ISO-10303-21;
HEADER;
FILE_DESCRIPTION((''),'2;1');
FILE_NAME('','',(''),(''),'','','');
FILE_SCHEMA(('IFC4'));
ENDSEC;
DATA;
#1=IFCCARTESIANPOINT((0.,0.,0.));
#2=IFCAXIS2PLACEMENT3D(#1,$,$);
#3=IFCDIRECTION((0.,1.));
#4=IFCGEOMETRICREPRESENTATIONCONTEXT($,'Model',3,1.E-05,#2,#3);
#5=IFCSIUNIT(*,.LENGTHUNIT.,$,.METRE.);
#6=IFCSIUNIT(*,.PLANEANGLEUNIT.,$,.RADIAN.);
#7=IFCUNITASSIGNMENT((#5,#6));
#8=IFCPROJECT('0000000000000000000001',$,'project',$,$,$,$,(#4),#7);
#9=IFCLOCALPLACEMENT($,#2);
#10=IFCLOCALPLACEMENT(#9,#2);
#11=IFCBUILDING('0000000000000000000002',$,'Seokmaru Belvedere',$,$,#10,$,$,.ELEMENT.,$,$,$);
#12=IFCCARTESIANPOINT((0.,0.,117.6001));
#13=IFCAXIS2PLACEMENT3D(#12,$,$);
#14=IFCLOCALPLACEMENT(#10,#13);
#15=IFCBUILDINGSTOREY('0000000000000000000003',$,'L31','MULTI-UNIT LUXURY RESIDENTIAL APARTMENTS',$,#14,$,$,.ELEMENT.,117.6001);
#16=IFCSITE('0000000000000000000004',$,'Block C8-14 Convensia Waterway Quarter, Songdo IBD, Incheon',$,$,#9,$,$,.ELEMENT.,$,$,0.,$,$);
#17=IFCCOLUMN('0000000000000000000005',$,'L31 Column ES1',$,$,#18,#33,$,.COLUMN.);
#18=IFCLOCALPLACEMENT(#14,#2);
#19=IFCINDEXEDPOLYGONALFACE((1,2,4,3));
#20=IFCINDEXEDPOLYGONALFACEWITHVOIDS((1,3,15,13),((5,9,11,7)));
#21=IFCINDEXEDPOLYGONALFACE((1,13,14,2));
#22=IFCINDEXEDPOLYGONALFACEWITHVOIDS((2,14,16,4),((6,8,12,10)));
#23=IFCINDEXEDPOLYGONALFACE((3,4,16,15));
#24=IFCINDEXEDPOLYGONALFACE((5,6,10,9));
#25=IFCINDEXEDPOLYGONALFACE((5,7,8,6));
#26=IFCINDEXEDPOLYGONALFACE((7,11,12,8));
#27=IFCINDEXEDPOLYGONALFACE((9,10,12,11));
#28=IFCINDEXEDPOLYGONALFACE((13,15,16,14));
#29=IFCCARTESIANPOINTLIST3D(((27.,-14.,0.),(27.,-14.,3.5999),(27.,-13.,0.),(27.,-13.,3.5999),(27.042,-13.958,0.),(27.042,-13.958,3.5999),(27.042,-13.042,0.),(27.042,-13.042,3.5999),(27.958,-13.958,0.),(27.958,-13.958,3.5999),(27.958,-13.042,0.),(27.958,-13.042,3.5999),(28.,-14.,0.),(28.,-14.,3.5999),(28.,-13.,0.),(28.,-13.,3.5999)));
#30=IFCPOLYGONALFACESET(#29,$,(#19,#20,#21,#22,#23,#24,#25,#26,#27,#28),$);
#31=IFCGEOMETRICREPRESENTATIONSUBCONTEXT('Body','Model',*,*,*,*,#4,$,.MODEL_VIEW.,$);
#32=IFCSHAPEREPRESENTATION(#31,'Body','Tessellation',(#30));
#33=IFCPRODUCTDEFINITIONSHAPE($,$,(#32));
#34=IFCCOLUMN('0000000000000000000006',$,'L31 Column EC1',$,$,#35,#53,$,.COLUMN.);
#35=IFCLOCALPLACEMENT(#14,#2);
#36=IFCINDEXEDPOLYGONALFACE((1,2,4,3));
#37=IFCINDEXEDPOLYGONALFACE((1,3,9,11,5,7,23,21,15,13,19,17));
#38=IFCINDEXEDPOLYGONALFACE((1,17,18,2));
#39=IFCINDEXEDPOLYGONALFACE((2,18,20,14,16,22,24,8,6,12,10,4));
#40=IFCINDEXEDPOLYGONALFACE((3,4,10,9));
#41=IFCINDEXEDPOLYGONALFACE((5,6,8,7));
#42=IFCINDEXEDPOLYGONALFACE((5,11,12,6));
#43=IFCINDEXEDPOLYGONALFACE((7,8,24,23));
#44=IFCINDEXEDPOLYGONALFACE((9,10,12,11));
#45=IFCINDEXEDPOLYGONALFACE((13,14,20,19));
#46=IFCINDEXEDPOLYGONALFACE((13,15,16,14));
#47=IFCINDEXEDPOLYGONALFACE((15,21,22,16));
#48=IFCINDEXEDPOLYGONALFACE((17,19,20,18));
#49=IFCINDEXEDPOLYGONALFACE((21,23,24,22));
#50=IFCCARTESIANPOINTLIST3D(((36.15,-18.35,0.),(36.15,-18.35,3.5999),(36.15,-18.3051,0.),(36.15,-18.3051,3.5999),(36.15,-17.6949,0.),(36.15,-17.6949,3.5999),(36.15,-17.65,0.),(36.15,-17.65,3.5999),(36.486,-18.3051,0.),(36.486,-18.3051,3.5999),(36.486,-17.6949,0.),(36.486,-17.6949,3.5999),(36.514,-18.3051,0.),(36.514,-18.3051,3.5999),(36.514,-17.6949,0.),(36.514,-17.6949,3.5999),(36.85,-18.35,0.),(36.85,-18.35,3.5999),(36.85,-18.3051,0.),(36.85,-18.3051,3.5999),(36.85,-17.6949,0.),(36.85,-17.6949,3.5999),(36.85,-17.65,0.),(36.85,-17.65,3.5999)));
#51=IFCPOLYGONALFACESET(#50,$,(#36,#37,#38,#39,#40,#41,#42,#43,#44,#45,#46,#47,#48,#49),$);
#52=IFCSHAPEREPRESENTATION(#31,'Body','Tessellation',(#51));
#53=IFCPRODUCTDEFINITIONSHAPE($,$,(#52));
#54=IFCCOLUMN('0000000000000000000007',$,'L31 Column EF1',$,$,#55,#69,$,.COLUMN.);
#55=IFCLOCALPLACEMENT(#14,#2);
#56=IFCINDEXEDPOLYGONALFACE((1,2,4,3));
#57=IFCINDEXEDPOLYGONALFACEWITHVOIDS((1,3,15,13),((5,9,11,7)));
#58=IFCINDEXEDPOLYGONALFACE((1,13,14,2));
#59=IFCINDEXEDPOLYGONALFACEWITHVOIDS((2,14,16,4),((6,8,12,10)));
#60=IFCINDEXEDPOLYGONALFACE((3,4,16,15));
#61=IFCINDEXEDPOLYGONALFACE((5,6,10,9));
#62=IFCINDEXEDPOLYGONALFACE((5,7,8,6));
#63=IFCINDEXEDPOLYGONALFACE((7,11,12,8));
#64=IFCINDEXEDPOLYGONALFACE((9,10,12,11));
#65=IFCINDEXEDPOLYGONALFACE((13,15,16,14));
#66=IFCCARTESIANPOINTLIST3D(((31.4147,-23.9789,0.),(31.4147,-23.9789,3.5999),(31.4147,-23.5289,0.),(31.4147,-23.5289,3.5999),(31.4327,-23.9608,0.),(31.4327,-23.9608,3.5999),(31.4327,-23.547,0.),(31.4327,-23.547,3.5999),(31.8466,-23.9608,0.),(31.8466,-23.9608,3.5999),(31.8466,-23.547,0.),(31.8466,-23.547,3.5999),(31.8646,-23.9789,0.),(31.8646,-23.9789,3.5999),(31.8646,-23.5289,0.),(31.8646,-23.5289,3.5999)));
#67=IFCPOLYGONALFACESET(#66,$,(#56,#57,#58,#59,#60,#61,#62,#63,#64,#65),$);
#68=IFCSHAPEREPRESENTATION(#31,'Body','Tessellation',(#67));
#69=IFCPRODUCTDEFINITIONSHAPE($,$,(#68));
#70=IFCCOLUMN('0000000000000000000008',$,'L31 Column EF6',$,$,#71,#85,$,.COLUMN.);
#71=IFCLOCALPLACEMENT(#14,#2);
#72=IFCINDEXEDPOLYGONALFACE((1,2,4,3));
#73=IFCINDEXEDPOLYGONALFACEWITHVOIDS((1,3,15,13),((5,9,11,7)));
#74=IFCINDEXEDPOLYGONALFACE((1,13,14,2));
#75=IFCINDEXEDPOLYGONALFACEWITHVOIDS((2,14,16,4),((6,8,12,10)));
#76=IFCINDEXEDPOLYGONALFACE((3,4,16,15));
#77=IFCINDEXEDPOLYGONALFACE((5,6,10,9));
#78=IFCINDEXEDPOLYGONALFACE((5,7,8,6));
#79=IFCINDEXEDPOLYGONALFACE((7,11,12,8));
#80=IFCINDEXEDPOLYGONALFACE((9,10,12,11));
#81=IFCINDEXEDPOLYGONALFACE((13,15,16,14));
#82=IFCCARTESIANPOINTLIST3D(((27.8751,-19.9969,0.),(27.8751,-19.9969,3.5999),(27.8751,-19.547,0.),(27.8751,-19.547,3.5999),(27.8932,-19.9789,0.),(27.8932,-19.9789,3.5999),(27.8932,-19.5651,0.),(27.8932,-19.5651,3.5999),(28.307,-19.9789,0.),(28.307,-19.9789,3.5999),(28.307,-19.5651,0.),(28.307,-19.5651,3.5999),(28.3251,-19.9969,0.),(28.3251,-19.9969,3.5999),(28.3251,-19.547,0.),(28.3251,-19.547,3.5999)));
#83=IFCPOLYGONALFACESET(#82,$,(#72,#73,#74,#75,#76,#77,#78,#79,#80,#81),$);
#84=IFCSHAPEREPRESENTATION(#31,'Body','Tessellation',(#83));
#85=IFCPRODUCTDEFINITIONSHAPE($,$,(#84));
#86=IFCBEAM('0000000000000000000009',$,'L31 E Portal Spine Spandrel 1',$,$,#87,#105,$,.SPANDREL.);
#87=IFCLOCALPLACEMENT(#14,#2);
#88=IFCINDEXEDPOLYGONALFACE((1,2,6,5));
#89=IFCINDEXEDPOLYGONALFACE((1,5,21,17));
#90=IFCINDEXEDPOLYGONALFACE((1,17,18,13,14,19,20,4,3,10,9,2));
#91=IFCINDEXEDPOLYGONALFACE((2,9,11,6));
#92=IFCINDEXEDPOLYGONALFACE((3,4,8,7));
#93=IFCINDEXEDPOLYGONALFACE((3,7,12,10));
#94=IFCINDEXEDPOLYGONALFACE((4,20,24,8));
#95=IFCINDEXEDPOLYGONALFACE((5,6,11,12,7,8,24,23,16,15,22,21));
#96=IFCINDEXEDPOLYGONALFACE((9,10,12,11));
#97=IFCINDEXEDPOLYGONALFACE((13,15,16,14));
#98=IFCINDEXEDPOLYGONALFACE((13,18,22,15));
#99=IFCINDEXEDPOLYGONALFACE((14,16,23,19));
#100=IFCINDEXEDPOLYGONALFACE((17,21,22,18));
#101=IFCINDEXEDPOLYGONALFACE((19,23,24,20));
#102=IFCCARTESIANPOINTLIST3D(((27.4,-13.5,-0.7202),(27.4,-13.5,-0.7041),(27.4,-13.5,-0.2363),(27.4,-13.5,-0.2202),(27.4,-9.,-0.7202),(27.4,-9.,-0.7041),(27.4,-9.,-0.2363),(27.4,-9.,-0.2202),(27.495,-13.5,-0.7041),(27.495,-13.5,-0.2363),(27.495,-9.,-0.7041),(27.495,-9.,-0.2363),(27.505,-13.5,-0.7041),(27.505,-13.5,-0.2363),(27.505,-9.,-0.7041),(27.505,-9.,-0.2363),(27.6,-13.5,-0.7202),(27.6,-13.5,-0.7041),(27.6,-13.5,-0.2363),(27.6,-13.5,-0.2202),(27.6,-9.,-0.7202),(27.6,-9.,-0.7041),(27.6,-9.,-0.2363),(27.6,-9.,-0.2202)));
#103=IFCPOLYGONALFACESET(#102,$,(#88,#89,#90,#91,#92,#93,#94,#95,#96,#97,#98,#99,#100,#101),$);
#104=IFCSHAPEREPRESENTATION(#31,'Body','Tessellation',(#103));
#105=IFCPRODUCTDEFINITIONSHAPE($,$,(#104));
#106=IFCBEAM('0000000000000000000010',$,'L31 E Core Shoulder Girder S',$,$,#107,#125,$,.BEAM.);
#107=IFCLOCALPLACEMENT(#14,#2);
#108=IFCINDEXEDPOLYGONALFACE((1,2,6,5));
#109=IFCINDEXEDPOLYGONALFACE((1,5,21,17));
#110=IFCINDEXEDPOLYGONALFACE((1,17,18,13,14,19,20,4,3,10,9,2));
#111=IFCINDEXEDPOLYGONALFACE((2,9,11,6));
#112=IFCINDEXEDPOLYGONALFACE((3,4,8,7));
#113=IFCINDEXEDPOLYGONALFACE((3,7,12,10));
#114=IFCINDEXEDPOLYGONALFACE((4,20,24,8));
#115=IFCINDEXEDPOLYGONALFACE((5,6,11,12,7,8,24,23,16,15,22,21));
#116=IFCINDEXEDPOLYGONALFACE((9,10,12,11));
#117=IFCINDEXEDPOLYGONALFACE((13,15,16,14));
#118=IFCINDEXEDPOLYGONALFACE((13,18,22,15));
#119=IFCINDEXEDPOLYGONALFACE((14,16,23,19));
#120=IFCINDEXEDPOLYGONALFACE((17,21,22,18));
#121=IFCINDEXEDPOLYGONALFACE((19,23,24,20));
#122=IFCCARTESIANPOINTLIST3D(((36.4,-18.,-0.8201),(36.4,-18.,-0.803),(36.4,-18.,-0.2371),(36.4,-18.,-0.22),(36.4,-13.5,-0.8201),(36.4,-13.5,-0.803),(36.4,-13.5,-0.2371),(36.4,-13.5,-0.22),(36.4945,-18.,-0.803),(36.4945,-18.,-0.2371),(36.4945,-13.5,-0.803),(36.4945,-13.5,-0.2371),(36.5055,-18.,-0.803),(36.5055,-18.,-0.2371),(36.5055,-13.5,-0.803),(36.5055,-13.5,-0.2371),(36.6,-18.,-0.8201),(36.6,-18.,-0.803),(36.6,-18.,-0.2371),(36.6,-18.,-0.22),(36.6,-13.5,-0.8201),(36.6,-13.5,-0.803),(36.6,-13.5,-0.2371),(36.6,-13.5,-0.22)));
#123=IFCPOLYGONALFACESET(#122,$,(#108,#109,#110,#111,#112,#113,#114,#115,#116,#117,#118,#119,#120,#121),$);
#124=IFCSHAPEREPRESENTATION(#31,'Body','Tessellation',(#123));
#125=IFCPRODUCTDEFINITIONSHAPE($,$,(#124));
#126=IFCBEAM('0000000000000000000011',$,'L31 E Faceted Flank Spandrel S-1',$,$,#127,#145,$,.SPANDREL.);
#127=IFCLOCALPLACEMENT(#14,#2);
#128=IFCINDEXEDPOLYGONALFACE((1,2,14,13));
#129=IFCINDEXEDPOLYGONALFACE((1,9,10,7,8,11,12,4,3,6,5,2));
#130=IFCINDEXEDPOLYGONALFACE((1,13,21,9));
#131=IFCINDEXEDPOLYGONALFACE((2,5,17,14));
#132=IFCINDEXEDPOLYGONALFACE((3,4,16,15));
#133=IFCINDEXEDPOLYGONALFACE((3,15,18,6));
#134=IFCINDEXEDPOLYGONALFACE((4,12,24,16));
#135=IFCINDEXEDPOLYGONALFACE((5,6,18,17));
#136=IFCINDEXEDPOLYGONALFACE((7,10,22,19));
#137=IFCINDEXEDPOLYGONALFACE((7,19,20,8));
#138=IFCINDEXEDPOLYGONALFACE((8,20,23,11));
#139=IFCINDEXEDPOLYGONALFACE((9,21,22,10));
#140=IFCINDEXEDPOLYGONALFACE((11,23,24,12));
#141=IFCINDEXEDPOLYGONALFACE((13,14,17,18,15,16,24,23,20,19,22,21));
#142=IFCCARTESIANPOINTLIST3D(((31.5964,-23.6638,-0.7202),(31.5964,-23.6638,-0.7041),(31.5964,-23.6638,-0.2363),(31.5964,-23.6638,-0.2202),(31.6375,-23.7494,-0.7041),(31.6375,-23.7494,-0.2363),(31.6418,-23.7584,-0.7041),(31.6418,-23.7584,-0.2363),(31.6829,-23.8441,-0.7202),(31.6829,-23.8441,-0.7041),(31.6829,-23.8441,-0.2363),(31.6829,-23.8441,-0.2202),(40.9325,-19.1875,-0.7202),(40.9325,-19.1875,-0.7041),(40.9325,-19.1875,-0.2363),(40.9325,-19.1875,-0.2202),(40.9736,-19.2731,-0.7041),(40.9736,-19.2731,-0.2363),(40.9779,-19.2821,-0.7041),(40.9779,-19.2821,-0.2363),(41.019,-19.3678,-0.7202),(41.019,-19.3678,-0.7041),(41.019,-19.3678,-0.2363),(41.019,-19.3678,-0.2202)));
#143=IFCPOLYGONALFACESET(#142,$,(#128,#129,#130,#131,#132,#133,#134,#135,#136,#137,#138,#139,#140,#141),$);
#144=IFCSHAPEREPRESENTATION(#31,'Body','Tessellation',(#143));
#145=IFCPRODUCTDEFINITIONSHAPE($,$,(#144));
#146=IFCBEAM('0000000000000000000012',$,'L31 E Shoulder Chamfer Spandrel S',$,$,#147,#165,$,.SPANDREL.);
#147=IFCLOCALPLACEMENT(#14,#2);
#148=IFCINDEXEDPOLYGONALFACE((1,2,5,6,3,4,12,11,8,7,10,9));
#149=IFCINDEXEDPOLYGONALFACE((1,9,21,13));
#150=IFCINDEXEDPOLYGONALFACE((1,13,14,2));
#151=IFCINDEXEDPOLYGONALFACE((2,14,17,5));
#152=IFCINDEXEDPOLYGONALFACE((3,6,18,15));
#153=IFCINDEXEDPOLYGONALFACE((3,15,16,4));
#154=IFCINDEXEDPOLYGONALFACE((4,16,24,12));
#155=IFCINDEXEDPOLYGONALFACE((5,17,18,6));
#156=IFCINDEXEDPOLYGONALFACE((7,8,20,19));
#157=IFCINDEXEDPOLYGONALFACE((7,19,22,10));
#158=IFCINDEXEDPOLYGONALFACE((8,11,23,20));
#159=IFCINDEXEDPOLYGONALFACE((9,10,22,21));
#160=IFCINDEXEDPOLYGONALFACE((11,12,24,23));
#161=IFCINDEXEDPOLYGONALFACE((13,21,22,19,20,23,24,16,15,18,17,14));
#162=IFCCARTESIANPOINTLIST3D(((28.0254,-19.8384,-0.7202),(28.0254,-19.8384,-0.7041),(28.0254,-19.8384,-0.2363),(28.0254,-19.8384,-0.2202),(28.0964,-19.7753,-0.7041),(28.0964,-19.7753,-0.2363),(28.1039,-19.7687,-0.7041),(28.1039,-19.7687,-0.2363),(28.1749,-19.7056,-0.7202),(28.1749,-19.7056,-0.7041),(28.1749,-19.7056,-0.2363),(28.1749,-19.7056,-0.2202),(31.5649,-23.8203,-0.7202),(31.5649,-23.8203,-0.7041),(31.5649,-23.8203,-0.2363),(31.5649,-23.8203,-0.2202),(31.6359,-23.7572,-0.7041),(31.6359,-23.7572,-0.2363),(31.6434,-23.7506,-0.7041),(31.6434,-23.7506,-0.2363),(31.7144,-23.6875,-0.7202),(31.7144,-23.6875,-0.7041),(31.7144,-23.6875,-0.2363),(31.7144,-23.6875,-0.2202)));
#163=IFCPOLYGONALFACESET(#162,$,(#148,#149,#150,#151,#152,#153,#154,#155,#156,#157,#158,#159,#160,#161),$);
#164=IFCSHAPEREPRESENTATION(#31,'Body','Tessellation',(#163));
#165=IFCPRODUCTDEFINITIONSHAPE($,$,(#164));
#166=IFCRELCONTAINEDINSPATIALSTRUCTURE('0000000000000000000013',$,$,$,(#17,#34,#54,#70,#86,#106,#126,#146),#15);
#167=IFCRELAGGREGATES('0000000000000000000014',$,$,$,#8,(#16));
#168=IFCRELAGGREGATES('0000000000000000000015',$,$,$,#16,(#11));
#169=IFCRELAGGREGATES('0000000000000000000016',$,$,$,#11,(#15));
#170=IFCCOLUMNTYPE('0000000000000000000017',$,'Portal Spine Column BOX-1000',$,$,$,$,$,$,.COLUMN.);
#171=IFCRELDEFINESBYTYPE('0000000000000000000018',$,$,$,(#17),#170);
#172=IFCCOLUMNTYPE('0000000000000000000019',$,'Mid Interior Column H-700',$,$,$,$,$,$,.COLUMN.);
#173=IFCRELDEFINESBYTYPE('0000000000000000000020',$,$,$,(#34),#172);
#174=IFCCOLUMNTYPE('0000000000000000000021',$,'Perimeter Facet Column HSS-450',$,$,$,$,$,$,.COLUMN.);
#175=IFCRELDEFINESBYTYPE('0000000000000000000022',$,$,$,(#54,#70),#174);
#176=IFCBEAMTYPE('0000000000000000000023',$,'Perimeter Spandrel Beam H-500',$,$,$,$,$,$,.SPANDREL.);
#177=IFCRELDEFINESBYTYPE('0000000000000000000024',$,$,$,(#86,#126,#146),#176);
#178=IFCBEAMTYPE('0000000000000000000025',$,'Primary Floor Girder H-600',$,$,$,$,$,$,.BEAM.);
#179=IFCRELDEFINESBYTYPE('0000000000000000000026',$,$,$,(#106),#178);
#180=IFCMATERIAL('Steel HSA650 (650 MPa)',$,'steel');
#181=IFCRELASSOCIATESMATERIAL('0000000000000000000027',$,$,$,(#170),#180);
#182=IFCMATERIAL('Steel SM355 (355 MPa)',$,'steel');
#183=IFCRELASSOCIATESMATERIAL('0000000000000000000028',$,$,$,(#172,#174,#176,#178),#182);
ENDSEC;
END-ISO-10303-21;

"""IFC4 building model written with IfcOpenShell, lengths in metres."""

from ifc_helpers import new_model, si_unit, direction, frame, origin, origin_2d, place, context, subcontext, project, spatial, hollow_rectangle, i_section, extrude, source, transform, mapped, material, material_profile, profile_set, type_object, type_shapes, element, save


model = new_model("IFC4")

# Units and contexts
model_context = context("Model", 3, precision=1e-05, world=origin(), true_north=direction((0.0, 1.0)))
body_context = subcontext(model_context, "Body", "Model", "MODEL_VIEW")
ifc_project = project(units=[si_unit("LENGTHUNIT", "METRE"), si_unit("PLANEANGLEUNIT", "RADIAN")], contexts=[model_context])

# Site, building, storey
site_placement = place(None, origin())
site = spatial("IfcSite", under=ifc_project, at=site_placement, Name="Block C8-14 Convensia Waterway Quarter, Songdo IBD, Incheon", CompositionType="ELEMENT", RefElevation=0.0)
building_placement = place(site_placement, origin())
building = spatial("IfcBuilding", under=site, at=building_placement, Name="Seokmaru Belvedere", CompositionType="ELEMENT")
storey_placement = place(building_placement, frame((0.0, 0.0, 117.6001)))
storey = spatial("IfcBuildingStorey", under=building, at=storey_placement, Name="L31", Description="MULTI-UNIT LUXURY RESIDENTIAL APARTMENTS", CompositionType="ELEMENT", Elevation=117.6001)

# Columns
ifc_material_1 = material(Name="Steel HSA650 (650 MPa)", Category="steel")
ifc_material_profile_1 = material_profile(ifc_material_1, hollow_rectangle(XDim=1.0, YDim=1.0, WallThickness=0.042, at=origin_2d()), Name="BOX-1000x1000x42")
ifc_profile_set_1 = profile_set([ifc_material_profile_1], Name="Steel HSA650 (650 MPa)")
column_type_1 = type_object("IfcColumnType", Name="Portal Spine Column BOX-1000", PredefinedType="COLUMN", material=ifc_profile_set_1)
shared_shape_1 = source(origin(), body_context, "Body", "SweptSolid", [
    extrude(hollow_rectangle(XDim=1.0, YDim=1.0, WallThickness=0.042, at=origin_2d()), origin(), (0.0, 0.0, 1.0), 3.5999),
])
type_shapes(column_type_1, [shared_shape_1])
column_1_placement = place(storey_placement, frame((27.5, -13.5, 0.0), z_axis=(0.0, 0.0, 1.0), x_axis=(1.0, 0.0, 0.0)))
element("IfcColumn", 1, at=column_1_placement, inside=storey, type_object=column_type_1, Name="L31 Column ES1", PredefinedType="COLUMN", context=body_context, shape_type="MappedRepresentation", body=[
    mapped(shared_shape_1, transform((0.0, 0.0, 0.0), scale=1.0)),
])
ifc_material_2 = material(Name="Steel SM355 (355 MPa)", Category="steel")
ifc_material_profile_2 = material_profile(ifc_material_2, i_section(OverallWidth=0.7, OverallDepth=0.7, WebThickness=0.0281, FlangeThickness=0.0449, at=origin_2d()), Name="H-700x700x28x45")
ifc_profile_set_2 = profile_set([ifc_material_profile_2], Name="Steel SM355 (355 MPa)")
column_type_2 = type_object("IfcColumnType", Name="Mid Interior Column H-700", PredefinedType="COLUMN", material=ifc_profile_set_2)
shared_shape_2 = source(origin(), body_context, "Body", "SweptSolid", [
    extrude(i_section(OverallWidth=0.7, OverallDepth=0.7, WebThickness=0.0281, FlangeThickness=0.0449, at=origin_2d()), origin(), (0.0, 0.0, 1.0), 3.5999),
])
type_shapes(column_type_2, [shared_shape_2])
column_2_placement = place(storey_placement, frame((36.5, -18.0, 0.0), z_axis=(0.0, 0.0, 1.0), x_axis=(1.0, 0.0, 0.0)))
element("IfcColumn", 2, at=column_2_placement, inside=storey, type_object=column_type_2, Name="L31 Column EC1", PredefinedType="COLUMN", context=body_context, shape_type="MappedRepresentation", body=[
    mapped(shared_shape_2, transform((0.0, 0.0, 0.0), scale=1.0)),
])
ifc_material_profile_3 = material_profile(ifc_material_2, hollow_rectangle(XDim=0.45, YDim=0.45, WallThickness=0.0181, at=origin_2d()), Name="HSS-450x450x18")
ifc_profile_set_3 = profile_set([ifc_material_profile_3], Name="Steel SM355 (355 MPa)")
column_type_3 = type_object("IfcColumnType", Name="Perimeter Facet Column HSS-450", PredefinedType="COLUMN", material=ifc_profile_set_3)
shared_shape_3 = source(origin(), body_context, "Body", "SweptSolid", [
    extrude(hollow_rectangle(XDim=0.45, YDim=0.45, WallThickness=0.0181, at=origin_2d()), origin(), (0.0, 0.0, 1.0), 3.5999),
])
type_shapes(column_type_3, [shared_shape_3])
for number, where, z_axis, x_axis, name in (
    (3, (31.6396, -23.7539, 0.0), (0.0, 0.0, 1.0), (1.0, 0.0, 0.0), "L31 Column EF1"),
    (4, (28.1001, -19.772, 0.0), (0.0, 0.0, 1.0), (1.0, 0.0, 0.0), "L31 Column EF6"),
):
    element("IfcColumn", number, at=place(storey_placement, frame(where, z_axis=z_axis, x_axis=x_axis)), inside=storey, type_object=column_type_3, Name=name, PredefinedType="COLUMN", context=body_context, shape_type="MappedRepresentation", body=[
        mapped(shared_shape_3, transform((0.0, 0.0, 0.0), scale=1.0)),
    ])

# Beams
ifc_material_profile_4 = material_profile(ifc_material_2, i_section(OverallWidth=0.2, OverallDepth=0.5, WebThickness=0.01, FlangeThickness=0.0161, at=origin_2d()), Name="H-500x200x10x16")
ifc_profile_set_4 = profile_set([ifc_material_profile_4], Name="Steel SM355 (355 MPa)")
beam_type_1 = type_object("IfcBeamType", Name="Perimeter Spandrel Beam H-500", PredefinedType="SPANDREL", material=ifc_profile_set_4)
shared_shape_4 = source(origin(), body_context, "Body", "SweptSolid", [
    extrude(i_section(OverallWidth=0.2, OverallDepth=0.5, WebThickness=0.01, FlangeThickness=0.0161, at=origin_2d()), origin(), (0.0, 0.0, 1.0), 4.5),
])
beam_1_placement = place(storey_placement, frame((27.5, -13.5, -0.4702), z_axis=(0.0, 1.0, 0.0), x_axis=(-1.0, 0.0, 0.0)))
element("IfcBeam", 5, at=beam_1_placement, inside=storey, type_object=beam_type_1, Name="L31 E Portal Spine Spandrel 1", PredefinedType="SPANDREL", context=body_context, shape_type="MappedRepresentation", body=[
    mapped(shared_shape_4, transform((0.0, 0.0, 0.0), scale=1.0)),
])
ifc_material_profile_5 = material_profile(ifc_material_2, i_section(OverallWidth=0.2, OverallDepth=0.6001, WebThickness=0.011, FlangeThickness=0.0171, at=origin_2d()), Name="H-600x200x11x17")
ifc_profile_set_5 = profile_set([ifc_material_profile_5], Name="Steel SM355 (355 MPa)")
beam_type_2 = type_object("IfcBeamType", Name="Primary Floor Girder H-600", PredefinedType="BEAM", material=ifc_profile_set_5)
shared_shape_5 = source(origin(), body_context, "Body", "SweptSolid", [
    extrude(i_section(OverallWidth=0.2, OverallDepth=0.6001, WebThickness=0.011, FlangeThickness=0.0171, at=origin_2d()), origin(), (0.0, 0.0, 1.0), 4.5),
])
type_shapes(beam_type_2, [shared_shape_5])
beam_2_placement = place(storey_placement, frame((36.5, -18.0, -0.52), z_axis=(0.0, 1.0, 0.0), x_axis=(-1.0, 0.0, 0.0)))
element("IfcBeam", 6, at=beam_2_placement, inside=storey, type_object=beam_type_2, Name="L31 E Core Shoulder Girder S", PredefinedType="BEAM", context=body_context, shape_type="MappedRepresentation", body=[
    mapped(shared_shape_5, transform((0.0, 0.0, 0.0), scale=1.0)),
])
shared_shape_6 = source(origin(), body_context, "Body", "SweptSolid", [
    extrude(i_section(OverallWidth=0.2, OverallDepth=0.5, WebThickness=0.01, FlangeThickness=0.0161, at=origin_2d()), origin(), (0.0, 0.0, 1.0), 10.3538),
])
beam_3_placement = place(storey_placement, frame((31.6396, -23.7539, -0.4702), z_axis=(0.901713, 0.432335, 0.0), x_axis=(-0.432335, 0.901713, 0.0)))
element("IfcBeam", 7, at=beam_3_placement, inside=storey, type_object=beam_type_1, Name="L31 E Faceted Flank Spandrel S-1", PredefinedType="SPANDREL", context=body_context, shape_type="MappedRepresentation", body=[
    mapped(shared_shape_6, transform((0.0, 0.0, 0.0), scale=1.0)),
])
shared_shape_7 = source(origin(), body_context, "Body", "SweptSolid", [
    extrude(i_section(OverallWidth=0.2, OverallDepth=0.5, WebThickness=0.01, FlangeThickness=0.0161, at=origin_2d()), origin(), (0.0, 0.0, 1.0), 5.3276),
])
beam_4_placement = place(storey_placement, frame((31.6396, -23.7539, -0.4702), z_axis=(-0.66437, 0.747404, 0.0), x_axis=(-0.747404, -0.66437, 0.0)))
element("IfcBeam", 8, at=beam_4_placement, inside=storey, type_object=beam_type_1, Name="L31 E Shoulder Chamfer Spandrel S", PredefinedType="SPANDREL", context=body_context, shape_type="MappedRepresentation", body=[
    mapped(shared_shape_7, transform((0.0, 0.0, 0.0), scale=1.0)),
])

save(model, "model.ifc")
